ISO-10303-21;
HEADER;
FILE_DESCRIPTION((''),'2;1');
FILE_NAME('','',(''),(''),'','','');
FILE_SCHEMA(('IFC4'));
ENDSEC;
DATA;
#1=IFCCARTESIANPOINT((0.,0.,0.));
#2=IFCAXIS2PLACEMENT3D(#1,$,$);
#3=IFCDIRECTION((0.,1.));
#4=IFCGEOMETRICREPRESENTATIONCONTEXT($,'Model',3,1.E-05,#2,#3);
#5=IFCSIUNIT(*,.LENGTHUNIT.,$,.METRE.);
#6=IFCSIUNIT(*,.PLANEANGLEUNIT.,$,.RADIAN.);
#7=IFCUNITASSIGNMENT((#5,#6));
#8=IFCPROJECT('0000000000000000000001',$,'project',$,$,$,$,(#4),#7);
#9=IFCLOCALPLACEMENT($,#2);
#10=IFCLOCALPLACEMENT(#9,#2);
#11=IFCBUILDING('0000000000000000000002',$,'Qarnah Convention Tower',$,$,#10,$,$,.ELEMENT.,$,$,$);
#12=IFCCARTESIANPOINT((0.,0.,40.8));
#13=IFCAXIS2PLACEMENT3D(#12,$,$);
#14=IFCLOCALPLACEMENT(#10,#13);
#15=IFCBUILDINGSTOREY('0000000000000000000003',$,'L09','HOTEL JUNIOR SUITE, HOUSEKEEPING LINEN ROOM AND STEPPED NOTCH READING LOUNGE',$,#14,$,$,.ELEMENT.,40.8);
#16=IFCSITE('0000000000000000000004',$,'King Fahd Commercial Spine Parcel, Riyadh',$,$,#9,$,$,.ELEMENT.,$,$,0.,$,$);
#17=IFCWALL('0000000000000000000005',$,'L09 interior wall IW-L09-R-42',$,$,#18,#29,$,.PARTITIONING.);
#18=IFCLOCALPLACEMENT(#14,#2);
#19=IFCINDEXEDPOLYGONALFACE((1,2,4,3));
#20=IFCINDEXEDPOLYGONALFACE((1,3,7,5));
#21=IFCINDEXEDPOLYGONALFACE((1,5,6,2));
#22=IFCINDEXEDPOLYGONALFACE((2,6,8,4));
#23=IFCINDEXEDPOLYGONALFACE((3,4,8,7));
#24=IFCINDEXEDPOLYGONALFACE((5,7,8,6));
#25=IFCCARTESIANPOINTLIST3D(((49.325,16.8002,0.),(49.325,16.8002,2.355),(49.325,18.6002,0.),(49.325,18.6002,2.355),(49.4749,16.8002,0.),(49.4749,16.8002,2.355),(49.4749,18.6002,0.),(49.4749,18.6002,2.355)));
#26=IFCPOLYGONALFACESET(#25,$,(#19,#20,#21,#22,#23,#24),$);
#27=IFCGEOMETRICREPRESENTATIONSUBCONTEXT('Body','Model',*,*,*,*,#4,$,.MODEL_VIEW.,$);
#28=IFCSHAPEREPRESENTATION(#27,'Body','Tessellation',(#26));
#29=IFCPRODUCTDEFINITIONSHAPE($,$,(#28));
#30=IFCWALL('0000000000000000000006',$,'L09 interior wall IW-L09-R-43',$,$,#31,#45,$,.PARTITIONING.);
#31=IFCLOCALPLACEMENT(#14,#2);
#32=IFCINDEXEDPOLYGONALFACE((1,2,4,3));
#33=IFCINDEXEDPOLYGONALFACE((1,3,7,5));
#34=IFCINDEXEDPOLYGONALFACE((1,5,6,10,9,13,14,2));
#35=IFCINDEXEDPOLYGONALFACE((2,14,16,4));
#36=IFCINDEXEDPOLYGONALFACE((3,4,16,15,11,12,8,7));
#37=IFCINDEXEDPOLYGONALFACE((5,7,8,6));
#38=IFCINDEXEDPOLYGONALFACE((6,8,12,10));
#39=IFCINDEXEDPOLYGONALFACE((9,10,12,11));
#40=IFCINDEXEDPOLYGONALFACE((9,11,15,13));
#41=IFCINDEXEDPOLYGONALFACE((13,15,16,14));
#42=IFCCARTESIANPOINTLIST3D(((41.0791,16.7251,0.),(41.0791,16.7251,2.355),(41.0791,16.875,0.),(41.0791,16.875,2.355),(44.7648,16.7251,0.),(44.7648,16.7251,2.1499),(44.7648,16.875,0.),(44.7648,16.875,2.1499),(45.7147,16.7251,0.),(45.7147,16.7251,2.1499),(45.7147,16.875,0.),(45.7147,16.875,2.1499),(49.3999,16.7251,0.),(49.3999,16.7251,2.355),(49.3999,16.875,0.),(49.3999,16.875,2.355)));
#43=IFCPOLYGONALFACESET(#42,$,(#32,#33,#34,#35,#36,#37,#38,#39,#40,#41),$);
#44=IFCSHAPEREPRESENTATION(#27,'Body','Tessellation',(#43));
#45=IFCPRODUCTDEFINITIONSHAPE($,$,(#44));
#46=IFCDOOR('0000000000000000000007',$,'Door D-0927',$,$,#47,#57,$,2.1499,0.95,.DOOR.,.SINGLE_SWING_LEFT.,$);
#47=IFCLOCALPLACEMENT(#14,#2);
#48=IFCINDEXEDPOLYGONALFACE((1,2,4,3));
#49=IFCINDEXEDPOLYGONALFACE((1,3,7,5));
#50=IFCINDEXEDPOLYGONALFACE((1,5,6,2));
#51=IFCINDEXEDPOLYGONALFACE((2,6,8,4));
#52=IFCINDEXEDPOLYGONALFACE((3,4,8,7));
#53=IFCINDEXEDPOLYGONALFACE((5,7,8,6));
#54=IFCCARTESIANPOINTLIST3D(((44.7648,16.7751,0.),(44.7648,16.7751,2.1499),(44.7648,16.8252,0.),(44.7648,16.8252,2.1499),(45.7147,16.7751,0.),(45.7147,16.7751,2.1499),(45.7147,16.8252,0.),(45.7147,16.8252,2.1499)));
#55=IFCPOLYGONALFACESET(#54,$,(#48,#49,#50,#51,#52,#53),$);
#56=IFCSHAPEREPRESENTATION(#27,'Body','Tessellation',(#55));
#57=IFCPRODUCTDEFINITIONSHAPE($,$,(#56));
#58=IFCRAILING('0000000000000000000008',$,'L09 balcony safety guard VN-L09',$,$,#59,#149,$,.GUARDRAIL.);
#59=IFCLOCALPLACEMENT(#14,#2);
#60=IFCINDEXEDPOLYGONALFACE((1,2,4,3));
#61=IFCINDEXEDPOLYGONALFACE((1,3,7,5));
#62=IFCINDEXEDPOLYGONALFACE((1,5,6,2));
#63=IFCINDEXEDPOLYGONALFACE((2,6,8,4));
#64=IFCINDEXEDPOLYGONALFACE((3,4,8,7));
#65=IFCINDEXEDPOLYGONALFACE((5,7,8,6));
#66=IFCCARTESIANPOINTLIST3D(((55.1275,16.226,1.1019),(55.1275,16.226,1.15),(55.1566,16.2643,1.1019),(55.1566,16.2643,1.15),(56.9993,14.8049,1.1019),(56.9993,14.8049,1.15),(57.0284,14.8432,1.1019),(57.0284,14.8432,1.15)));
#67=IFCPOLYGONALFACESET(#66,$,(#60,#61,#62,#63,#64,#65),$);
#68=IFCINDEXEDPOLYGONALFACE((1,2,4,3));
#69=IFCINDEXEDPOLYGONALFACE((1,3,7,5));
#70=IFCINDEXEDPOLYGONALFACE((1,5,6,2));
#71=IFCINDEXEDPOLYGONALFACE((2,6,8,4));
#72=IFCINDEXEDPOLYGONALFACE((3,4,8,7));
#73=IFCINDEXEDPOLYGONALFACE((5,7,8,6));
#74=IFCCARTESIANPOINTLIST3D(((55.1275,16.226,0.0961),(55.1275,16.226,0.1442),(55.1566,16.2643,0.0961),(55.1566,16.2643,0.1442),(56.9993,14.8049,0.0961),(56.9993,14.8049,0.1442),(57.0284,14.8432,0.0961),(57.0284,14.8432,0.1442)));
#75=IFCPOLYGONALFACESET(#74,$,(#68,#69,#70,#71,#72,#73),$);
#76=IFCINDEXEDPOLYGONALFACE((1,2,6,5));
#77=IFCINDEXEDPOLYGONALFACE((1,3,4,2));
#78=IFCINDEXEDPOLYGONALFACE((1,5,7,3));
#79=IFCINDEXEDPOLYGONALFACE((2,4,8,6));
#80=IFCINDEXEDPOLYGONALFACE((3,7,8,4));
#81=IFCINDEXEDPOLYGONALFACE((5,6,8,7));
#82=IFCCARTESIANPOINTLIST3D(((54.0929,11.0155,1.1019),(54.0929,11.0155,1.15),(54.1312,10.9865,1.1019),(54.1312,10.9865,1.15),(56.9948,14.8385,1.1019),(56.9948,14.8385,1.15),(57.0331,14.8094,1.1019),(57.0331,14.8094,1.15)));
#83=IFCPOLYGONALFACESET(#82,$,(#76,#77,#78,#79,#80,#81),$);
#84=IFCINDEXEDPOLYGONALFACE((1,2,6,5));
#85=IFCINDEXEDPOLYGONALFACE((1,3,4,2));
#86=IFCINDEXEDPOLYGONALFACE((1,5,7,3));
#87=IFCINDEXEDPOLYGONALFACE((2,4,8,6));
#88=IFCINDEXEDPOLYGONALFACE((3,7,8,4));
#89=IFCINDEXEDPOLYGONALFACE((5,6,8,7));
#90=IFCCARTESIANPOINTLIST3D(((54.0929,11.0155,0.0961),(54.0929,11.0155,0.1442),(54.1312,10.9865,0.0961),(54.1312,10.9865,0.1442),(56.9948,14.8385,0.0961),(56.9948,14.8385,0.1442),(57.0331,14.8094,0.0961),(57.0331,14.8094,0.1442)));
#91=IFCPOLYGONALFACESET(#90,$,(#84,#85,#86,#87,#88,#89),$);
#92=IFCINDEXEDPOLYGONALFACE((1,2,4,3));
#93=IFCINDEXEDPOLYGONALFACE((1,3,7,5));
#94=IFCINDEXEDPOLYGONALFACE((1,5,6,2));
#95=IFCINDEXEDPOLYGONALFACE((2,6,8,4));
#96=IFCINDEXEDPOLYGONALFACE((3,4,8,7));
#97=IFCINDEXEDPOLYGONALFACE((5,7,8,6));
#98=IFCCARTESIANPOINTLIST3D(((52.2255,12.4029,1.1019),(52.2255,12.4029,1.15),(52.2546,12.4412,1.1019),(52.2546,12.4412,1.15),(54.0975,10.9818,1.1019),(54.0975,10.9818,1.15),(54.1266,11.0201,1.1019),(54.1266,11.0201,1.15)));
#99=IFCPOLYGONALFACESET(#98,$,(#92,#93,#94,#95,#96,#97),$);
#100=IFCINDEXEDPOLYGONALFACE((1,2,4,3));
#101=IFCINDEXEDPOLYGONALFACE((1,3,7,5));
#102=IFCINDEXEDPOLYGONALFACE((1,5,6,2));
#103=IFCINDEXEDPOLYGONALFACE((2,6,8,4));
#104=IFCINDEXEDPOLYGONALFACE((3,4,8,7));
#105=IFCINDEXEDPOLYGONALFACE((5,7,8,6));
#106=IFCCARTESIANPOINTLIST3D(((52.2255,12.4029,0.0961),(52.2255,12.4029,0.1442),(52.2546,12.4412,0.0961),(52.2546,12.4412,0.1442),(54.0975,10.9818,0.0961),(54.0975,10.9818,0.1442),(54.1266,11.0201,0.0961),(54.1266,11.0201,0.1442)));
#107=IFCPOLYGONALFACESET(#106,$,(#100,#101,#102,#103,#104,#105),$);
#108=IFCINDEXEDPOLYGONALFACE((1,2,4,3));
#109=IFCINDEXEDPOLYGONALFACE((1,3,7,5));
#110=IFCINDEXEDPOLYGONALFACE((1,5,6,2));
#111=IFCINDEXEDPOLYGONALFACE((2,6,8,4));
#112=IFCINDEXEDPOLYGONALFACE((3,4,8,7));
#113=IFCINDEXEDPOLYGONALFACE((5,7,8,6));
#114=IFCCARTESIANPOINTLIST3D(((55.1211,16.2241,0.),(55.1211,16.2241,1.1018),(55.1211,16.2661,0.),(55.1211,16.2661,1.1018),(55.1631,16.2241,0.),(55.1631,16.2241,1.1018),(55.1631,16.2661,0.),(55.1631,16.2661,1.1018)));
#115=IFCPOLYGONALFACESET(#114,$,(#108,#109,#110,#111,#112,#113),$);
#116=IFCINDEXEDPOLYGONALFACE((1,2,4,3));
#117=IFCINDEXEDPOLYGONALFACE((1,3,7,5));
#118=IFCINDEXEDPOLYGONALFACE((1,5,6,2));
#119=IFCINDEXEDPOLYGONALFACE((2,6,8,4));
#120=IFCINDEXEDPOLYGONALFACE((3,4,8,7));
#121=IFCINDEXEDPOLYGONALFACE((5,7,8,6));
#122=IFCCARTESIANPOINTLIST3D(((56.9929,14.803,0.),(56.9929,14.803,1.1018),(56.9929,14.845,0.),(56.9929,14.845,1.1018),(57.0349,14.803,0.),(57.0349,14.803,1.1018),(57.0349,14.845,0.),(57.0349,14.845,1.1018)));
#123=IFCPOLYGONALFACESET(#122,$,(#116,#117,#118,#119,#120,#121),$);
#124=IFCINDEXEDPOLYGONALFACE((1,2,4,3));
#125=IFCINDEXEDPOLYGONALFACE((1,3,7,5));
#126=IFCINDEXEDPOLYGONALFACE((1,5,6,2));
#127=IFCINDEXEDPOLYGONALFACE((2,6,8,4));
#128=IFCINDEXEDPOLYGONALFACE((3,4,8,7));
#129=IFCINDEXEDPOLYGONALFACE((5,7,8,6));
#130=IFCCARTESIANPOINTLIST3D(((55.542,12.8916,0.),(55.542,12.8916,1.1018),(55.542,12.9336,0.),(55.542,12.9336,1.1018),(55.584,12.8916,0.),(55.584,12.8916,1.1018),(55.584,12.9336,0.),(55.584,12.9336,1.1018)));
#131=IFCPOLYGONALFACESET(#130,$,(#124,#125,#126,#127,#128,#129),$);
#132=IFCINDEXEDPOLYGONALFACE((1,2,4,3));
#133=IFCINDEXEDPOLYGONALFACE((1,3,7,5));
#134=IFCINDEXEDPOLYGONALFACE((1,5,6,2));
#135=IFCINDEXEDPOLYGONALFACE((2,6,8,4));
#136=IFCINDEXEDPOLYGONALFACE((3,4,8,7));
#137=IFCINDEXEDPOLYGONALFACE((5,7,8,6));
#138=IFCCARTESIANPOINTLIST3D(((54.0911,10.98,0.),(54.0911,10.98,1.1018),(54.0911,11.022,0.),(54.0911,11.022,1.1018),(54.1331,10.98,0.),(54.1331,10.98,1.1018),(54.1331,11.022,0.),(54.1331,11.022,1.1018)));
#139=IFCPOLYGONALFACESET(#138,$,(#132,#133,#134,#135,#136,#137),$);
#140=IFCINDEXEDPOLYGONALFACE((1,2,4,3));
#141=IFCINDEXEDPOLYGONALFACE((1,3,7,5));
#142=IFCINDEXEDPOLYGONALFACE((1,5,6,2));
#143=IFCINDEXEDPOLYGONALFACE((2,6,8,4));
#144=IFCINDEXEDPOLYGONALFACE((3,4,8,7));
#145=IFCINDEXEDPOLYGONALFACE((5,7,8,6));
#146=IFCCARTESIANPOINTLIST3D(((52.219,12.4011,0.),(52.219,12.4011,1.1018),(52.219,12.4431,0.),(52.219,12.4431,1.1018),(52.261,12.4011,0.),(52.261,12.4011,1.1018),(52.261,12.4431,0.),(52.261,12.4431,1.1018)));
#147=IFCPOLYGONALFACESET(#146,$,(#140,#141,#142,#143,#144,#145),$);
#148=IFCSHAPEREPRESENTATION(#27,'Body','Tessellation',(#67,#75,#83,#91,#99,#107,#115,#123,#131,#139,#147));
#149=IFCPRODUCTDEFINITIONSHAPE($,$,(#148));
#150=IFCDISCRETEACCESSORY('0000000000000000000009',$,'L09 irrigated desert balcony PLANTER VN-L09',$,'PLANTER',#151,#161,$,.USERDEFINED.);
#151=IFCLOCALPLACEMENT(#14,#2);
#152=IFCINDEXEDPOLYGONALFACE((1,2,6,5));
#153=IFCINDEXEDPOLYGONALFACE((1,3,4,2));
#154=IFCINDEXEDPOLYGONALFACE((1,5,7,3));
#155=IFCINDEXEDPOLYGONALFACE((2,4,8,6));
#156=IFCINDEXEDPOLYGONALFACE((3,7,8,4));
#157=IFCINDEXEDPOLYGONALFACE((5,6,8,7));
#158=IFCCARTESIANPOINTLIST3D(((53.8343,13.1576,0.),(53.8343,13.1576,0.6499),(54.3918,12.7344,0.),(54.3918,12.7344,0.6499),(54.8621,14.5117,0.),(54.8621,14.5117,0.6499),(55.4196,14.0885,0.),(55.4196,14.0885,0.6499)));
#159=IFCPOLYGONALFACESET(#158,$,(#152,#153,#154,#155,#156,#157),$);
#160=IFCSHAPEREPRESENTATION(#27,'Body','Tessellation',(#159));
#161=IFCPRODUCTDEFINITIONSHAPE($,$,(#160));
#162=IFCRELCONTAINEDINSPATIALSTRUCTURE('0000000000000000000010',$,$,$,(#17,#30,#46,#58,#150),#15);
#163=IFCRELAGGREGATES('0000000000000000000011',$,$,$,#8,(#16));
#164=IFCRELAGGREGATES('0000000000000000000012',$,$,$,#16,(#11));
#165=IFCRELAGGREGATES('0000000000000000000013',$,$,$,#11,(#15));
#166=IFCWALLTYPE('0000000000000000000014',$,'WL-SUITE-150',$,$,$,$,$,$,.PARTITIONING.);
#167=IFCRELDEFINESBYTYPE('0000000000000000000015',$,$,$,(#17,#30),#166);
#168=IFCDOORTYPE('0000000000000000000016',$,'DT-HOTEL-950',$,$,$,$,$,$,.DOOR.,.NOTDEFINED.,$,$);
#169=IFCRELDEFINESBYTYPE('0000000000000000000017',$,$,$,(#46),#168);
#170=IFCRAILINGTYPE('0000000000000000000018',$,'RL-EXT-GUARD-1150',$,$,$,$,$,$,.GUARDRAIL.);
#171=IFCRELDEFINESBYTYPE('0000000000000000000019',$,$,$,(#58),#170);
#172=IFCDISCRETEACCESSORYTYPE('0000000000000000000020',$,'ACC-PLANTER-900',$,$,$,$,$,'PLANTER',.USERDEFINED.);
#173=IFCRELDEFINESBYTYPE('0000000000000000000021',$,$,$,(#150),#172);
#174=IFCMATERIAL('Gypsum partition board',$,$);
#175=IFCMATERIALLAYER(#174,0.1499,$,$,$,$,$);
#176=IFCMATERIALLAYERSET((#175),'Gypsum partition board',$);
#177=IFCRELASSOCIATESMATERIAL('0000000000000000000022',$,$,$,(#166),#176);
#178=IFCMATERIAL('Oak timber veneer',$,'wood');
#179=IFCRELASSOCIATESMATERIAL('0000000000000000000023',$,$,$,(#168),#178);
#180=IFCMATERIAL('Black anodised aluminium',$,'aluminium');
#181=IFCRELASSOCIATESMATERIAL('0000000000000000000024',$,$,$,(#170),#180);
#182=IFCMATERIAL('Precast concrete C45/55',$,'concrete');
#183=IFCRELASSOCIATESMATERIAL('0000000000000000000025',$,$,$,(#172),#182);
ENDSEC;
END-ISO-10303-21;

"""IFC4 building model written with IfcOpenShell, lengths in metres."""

from ifc_helpers import new_model, si_unit, direction, frame, frame_2d, origin, origin_2d, place, context, subcontext, project, spatial, rectangle, extrude, material, layer, layer_set, type_object, element, fill, save


model = new_model("IFC4")

# Units and contexts
model_context = context("Model", 3, precision=1e-05, world=origin(), true_north=direction((0.0, 1.0)))
body_context = subcontext(model_context, "Body", "Model", "MODEL_VIEW")
ifc_project = project(units=[si_unit("LENGTHUNIT", "METRE"), si_unit("PLANEANGLEUNIT", "RADIAN")], contexts=[model_context])

# Site, building, storey
site_placement = place(None, origin())
site = spatial("IfcSite", under=ifc_project, at=site_placement, Name="King Fahd Commercial Spine Parcel, Riyadh", CompositionType="ELEMENT", RefElevation=0.0)
building_placement = place(site_placement, origin())
building = spatial("IfcBuilding", under=site, at=building_placement, Name="Qarnah Convention Tower", CompositionType="ELEMENT")
storey_placement = place(building_placement, frame((0.0, 0.0, 40.8)))
storey = spatial("IfcBuildingStorey", under=building, at=storey_placement, Name="L09", Description="HOTEL JUNIOR SUITE, HOUSEKEEPING LINEN ROOM AND STEPPED NOTCH READING LOUNGE", CompositionType="ELEMENT", Elevation=40.8)

# Shared definitions
ifc_material_1 = material(Name="Black anodised aluminium", Category="aluminium")

# Shared definitions
ifc_material_2 = material(Name="Precast concrete C45/55", Category="concrete")
ifc_material_3 = material(Name="Gypsum partition board")
ifc_layer_1 = layer(ifc_material_3, 0.1499)
ifc_layer_set_1 = layer_set([ifc_layer_1], Name="Gypsum partition board")
wall_type_1 = type_object("IfcWallType", Name="WL-SUITE-150", PredefinedType="PARTITIONING", material=ifc_layer_set_1)
ifc_material_4 = material(Name="Oak timber veneer", Category="wood")
door_type_1 = type_object("IfcDoorType", Name="DT-HOTEL-950", OperationType="NOTDEFINED", PredefinedType="DOOR", material=ifc_material_4)

# Wall
wall_1_placement = place(storey_placement, frame((49.3999, 18.6001, 0.0), z_axis=(0.0, 0.0, 1.0), x_axis=(0.0, -1.0, 0.0)))
element("IfcWall", 1, at=wall_1_placement, inside=storey, type_object=wall_type_1, Name="L09 interior wall IW-L09-R-42", PredefinedType="PARTITIONING", context=body_context, shape_type="SweptSolid", body=[
    extrude(rectangle(XDim=1.8, YDim=0.1499, at=frame_2d((0.8999, 0.0))), origin(), (0.0, 0.0, 1.0), 2.355),
])

# Wall, opening, door
wall_2_placement = place(storey_placement, frame((49.3999, 16.8, 0.0), z_axis=(0.0, 0.0, 1.0), x_axis=(-1.0, 0.0, 0.0)))
wall_2 = element("IfcWall", 2, at=wall_2_placement, inside=storey, type_object=wall_type_1, Name="L09 interior wall IW-L09-R-43", PredefinedType="PARTITIONING", context=body_context, shape_type="SweptSolid", body=[
    extrude(rectangle(XDim=8.3208, YDim=0.1499, at=frame_2d((4.1604, 0.0))), origin(), (0.0, 0.0, 1.0), 2.355),
])
opening_1_placement = place(wall_2_placement, frame((3.6851, 0.0, 0.0)))
opening_1 = element("IfcOpeningElement", 3, at=opening_1_placement, cuts=wall_2, PredefinedType="OPENING", context=body_context, shape_type="SweptSolid", body=[
    extrude(rectangle(XDim=0.95, YDim=2.1499, at=frame_2d((0.4751, 1.075))), frame((0.0, 0.085, 0.0), z_axis=(0.0, -1.0, 0.0), x_axis=(1.0, 0.0, 0.0)), (0.0, 0.0, 1.0), 0.1699),
])
door_1_placement = place(opening_1_placement, origin())
door_1 = element("IfcDoor", 4, at=door_1_placement, inside=storey, type_object=door_type_1, Name="Door D-0927", OperationType="SINGLE_SWING_LEFT", OverallHeight=2.1499, OverallWidth=0.95, PredefinedType="DOOR", context=body_context, shape_type="SweptSolid", body=[
    extrude(rectangle(XDim=0.95, YDim=2.1499, at=frame_2d((0.4751, 1.075))), frame((0.0, 0.0249, 0.0), z_axis=(0.0, -1.0, 0.0), x_axis=(1.0, 0.0, 0.0)), (0.0, 0.0, 1.0), 0.05),
])
fill(opening_1, door_1)

# Railing
railing_type = type_object("IfcRailingType", Name="RL-EXT-GUARD-1150", PredefinedType="GUARDRAIL", material=ifc_material_1)
railing_1_placement = place(storey_placement, frame((55.1421, 16.2451, 0.0)))
element("IfcRailing", 5, at=railing_1_placement, inside=storey, type_object=railing_type, Name="L09 balcony safety guard VN-L09", PredefinedType="GUARDRAIL", context=body_context, shape_type="SweptSolid", body=[
    extrude(rectangle(XDim=0.0481, YDim=0.0481, at=origin_2d()), frame((0.0, 0.0, 1.126), z_axis=(0.796458, -0.604693, 0.0), x_axis=(0.604693, 0.796458, 0.0)), (0.0, 0.0, 1.0), 2.3501),
    extrude(rectangle(XDim=0.0481, YDim=0.0481, at=origin_2d()), frame((0.0, 0.0, 0.1201), z_axis=(0.796458, -0.604693, 0.0), x_axis=(0.604693, 0.796458, 0.0)), (0.0, 0.0, 1.0), 2.3501),
    extrude(rectangle(XDim=0.0481, YDim=0.0481, at=origin_2d()), frame((1.8718, -1.4211, 1.126), z_axis=(-0.604605, -0.796526, 0.0), x_axis=(0.796526, -0.604605, 0.0)), (0.0, 0.0, 1.0), 4.7996),
    extrude(rectangle(XDim=0.0481, YDim=0.0481, at=origin_2d()), frame((1.8718, -1.4211, 0.1201), z_axis=(-0.604605, -0.796526, 0.0), x_axis=(0.796526, -0.604605, 0.0)), (0.0, 0.0, 1.0), 4.7996),
    extrude(rectangle(XDim=0.0481, YDim=0.0481, at=origin_2d()), frame((-1.03, -5.2441, 1.126), z_axis=(-0.796496, 0.604643, 0.0), x_axis=(-0.604643, -0.796496, 0.0)), (0.0, 0.0, 1.0), 2.3503),
    extrude(rectangle(XDim=0.0481, YDim=0.0481, at=origin_2d()), frame((-1.03, -5.2441, 0.1201), z_axis=(-0.796496, 0.604643, 0.0), x_axis=(-0.604643, -0.796496, 0.0)), (0.0, 0.0, 1.0), 2.3503),
    extrude(rectangle(XDim=0.042, YDim=0.042, at=origin_2d()), origin(), (0.0, 0.0, 1.0), 1.1018),
    extrude(rectangle(XDim=0.042, YDim=0.042, at=origin_2d()), frame((1.8718, -1.4211, 0.0)), (0.0, 0.0, 1.0), 1.1018),
    extrude(rectangle(XDim=0.042, YDim=0.042, at=origin_2d()), frame((0.4209, -3.3325, 0.0)), (0.0, 0.0, 1.0), 1.1018),
    extrude(rectangle(XDim=0.042, YDim=0.042, at=origin_2d()), frame((-1.03, -5.2441, 0.0)), (0.0, 0.0, 1.0), 1.1018),
    extrude(rectangle(XDim=0.042, YDim=0.042, at=origin_2d()), frame((-2.9021, -3.823, 0.0)), (0.0, 0.0, 1.0), 1.1018),
])

# Discrete accessory
discrete_accessory_type = type_object("IfcDiscreteAccessoryType", Name="ACC-PLANTER-900", ElementType="PLANTER", PredefinedType="USERDEFINED", material=ifc_material_2)
discrete_accessory_placement = place(storey_placement, frame((54.627, 13.623, 0.0), z_axis=(0.0, 0.0, 1.0), x_axis=(0.604599, 0.79653, 0.0)))
element("IfcDiscreteAccessory", 6, at=discrete_accessory_placement, inside=storey, type_object=discrete_accessory_type, Name="L09 irrigated desert balcony PLANTER VN-L09", ObjectType="PLANTER", PredefinedType="USERDEFINED", context=body_context, shape_type="SweptSolid", body=[
    extrude(rectangle(XDim=1.7, YDim=0.7, at=origin_2d()), origin(), (0.0, 0.0, 1.0), 0.6499),
])

save(model, "model.ifc")
